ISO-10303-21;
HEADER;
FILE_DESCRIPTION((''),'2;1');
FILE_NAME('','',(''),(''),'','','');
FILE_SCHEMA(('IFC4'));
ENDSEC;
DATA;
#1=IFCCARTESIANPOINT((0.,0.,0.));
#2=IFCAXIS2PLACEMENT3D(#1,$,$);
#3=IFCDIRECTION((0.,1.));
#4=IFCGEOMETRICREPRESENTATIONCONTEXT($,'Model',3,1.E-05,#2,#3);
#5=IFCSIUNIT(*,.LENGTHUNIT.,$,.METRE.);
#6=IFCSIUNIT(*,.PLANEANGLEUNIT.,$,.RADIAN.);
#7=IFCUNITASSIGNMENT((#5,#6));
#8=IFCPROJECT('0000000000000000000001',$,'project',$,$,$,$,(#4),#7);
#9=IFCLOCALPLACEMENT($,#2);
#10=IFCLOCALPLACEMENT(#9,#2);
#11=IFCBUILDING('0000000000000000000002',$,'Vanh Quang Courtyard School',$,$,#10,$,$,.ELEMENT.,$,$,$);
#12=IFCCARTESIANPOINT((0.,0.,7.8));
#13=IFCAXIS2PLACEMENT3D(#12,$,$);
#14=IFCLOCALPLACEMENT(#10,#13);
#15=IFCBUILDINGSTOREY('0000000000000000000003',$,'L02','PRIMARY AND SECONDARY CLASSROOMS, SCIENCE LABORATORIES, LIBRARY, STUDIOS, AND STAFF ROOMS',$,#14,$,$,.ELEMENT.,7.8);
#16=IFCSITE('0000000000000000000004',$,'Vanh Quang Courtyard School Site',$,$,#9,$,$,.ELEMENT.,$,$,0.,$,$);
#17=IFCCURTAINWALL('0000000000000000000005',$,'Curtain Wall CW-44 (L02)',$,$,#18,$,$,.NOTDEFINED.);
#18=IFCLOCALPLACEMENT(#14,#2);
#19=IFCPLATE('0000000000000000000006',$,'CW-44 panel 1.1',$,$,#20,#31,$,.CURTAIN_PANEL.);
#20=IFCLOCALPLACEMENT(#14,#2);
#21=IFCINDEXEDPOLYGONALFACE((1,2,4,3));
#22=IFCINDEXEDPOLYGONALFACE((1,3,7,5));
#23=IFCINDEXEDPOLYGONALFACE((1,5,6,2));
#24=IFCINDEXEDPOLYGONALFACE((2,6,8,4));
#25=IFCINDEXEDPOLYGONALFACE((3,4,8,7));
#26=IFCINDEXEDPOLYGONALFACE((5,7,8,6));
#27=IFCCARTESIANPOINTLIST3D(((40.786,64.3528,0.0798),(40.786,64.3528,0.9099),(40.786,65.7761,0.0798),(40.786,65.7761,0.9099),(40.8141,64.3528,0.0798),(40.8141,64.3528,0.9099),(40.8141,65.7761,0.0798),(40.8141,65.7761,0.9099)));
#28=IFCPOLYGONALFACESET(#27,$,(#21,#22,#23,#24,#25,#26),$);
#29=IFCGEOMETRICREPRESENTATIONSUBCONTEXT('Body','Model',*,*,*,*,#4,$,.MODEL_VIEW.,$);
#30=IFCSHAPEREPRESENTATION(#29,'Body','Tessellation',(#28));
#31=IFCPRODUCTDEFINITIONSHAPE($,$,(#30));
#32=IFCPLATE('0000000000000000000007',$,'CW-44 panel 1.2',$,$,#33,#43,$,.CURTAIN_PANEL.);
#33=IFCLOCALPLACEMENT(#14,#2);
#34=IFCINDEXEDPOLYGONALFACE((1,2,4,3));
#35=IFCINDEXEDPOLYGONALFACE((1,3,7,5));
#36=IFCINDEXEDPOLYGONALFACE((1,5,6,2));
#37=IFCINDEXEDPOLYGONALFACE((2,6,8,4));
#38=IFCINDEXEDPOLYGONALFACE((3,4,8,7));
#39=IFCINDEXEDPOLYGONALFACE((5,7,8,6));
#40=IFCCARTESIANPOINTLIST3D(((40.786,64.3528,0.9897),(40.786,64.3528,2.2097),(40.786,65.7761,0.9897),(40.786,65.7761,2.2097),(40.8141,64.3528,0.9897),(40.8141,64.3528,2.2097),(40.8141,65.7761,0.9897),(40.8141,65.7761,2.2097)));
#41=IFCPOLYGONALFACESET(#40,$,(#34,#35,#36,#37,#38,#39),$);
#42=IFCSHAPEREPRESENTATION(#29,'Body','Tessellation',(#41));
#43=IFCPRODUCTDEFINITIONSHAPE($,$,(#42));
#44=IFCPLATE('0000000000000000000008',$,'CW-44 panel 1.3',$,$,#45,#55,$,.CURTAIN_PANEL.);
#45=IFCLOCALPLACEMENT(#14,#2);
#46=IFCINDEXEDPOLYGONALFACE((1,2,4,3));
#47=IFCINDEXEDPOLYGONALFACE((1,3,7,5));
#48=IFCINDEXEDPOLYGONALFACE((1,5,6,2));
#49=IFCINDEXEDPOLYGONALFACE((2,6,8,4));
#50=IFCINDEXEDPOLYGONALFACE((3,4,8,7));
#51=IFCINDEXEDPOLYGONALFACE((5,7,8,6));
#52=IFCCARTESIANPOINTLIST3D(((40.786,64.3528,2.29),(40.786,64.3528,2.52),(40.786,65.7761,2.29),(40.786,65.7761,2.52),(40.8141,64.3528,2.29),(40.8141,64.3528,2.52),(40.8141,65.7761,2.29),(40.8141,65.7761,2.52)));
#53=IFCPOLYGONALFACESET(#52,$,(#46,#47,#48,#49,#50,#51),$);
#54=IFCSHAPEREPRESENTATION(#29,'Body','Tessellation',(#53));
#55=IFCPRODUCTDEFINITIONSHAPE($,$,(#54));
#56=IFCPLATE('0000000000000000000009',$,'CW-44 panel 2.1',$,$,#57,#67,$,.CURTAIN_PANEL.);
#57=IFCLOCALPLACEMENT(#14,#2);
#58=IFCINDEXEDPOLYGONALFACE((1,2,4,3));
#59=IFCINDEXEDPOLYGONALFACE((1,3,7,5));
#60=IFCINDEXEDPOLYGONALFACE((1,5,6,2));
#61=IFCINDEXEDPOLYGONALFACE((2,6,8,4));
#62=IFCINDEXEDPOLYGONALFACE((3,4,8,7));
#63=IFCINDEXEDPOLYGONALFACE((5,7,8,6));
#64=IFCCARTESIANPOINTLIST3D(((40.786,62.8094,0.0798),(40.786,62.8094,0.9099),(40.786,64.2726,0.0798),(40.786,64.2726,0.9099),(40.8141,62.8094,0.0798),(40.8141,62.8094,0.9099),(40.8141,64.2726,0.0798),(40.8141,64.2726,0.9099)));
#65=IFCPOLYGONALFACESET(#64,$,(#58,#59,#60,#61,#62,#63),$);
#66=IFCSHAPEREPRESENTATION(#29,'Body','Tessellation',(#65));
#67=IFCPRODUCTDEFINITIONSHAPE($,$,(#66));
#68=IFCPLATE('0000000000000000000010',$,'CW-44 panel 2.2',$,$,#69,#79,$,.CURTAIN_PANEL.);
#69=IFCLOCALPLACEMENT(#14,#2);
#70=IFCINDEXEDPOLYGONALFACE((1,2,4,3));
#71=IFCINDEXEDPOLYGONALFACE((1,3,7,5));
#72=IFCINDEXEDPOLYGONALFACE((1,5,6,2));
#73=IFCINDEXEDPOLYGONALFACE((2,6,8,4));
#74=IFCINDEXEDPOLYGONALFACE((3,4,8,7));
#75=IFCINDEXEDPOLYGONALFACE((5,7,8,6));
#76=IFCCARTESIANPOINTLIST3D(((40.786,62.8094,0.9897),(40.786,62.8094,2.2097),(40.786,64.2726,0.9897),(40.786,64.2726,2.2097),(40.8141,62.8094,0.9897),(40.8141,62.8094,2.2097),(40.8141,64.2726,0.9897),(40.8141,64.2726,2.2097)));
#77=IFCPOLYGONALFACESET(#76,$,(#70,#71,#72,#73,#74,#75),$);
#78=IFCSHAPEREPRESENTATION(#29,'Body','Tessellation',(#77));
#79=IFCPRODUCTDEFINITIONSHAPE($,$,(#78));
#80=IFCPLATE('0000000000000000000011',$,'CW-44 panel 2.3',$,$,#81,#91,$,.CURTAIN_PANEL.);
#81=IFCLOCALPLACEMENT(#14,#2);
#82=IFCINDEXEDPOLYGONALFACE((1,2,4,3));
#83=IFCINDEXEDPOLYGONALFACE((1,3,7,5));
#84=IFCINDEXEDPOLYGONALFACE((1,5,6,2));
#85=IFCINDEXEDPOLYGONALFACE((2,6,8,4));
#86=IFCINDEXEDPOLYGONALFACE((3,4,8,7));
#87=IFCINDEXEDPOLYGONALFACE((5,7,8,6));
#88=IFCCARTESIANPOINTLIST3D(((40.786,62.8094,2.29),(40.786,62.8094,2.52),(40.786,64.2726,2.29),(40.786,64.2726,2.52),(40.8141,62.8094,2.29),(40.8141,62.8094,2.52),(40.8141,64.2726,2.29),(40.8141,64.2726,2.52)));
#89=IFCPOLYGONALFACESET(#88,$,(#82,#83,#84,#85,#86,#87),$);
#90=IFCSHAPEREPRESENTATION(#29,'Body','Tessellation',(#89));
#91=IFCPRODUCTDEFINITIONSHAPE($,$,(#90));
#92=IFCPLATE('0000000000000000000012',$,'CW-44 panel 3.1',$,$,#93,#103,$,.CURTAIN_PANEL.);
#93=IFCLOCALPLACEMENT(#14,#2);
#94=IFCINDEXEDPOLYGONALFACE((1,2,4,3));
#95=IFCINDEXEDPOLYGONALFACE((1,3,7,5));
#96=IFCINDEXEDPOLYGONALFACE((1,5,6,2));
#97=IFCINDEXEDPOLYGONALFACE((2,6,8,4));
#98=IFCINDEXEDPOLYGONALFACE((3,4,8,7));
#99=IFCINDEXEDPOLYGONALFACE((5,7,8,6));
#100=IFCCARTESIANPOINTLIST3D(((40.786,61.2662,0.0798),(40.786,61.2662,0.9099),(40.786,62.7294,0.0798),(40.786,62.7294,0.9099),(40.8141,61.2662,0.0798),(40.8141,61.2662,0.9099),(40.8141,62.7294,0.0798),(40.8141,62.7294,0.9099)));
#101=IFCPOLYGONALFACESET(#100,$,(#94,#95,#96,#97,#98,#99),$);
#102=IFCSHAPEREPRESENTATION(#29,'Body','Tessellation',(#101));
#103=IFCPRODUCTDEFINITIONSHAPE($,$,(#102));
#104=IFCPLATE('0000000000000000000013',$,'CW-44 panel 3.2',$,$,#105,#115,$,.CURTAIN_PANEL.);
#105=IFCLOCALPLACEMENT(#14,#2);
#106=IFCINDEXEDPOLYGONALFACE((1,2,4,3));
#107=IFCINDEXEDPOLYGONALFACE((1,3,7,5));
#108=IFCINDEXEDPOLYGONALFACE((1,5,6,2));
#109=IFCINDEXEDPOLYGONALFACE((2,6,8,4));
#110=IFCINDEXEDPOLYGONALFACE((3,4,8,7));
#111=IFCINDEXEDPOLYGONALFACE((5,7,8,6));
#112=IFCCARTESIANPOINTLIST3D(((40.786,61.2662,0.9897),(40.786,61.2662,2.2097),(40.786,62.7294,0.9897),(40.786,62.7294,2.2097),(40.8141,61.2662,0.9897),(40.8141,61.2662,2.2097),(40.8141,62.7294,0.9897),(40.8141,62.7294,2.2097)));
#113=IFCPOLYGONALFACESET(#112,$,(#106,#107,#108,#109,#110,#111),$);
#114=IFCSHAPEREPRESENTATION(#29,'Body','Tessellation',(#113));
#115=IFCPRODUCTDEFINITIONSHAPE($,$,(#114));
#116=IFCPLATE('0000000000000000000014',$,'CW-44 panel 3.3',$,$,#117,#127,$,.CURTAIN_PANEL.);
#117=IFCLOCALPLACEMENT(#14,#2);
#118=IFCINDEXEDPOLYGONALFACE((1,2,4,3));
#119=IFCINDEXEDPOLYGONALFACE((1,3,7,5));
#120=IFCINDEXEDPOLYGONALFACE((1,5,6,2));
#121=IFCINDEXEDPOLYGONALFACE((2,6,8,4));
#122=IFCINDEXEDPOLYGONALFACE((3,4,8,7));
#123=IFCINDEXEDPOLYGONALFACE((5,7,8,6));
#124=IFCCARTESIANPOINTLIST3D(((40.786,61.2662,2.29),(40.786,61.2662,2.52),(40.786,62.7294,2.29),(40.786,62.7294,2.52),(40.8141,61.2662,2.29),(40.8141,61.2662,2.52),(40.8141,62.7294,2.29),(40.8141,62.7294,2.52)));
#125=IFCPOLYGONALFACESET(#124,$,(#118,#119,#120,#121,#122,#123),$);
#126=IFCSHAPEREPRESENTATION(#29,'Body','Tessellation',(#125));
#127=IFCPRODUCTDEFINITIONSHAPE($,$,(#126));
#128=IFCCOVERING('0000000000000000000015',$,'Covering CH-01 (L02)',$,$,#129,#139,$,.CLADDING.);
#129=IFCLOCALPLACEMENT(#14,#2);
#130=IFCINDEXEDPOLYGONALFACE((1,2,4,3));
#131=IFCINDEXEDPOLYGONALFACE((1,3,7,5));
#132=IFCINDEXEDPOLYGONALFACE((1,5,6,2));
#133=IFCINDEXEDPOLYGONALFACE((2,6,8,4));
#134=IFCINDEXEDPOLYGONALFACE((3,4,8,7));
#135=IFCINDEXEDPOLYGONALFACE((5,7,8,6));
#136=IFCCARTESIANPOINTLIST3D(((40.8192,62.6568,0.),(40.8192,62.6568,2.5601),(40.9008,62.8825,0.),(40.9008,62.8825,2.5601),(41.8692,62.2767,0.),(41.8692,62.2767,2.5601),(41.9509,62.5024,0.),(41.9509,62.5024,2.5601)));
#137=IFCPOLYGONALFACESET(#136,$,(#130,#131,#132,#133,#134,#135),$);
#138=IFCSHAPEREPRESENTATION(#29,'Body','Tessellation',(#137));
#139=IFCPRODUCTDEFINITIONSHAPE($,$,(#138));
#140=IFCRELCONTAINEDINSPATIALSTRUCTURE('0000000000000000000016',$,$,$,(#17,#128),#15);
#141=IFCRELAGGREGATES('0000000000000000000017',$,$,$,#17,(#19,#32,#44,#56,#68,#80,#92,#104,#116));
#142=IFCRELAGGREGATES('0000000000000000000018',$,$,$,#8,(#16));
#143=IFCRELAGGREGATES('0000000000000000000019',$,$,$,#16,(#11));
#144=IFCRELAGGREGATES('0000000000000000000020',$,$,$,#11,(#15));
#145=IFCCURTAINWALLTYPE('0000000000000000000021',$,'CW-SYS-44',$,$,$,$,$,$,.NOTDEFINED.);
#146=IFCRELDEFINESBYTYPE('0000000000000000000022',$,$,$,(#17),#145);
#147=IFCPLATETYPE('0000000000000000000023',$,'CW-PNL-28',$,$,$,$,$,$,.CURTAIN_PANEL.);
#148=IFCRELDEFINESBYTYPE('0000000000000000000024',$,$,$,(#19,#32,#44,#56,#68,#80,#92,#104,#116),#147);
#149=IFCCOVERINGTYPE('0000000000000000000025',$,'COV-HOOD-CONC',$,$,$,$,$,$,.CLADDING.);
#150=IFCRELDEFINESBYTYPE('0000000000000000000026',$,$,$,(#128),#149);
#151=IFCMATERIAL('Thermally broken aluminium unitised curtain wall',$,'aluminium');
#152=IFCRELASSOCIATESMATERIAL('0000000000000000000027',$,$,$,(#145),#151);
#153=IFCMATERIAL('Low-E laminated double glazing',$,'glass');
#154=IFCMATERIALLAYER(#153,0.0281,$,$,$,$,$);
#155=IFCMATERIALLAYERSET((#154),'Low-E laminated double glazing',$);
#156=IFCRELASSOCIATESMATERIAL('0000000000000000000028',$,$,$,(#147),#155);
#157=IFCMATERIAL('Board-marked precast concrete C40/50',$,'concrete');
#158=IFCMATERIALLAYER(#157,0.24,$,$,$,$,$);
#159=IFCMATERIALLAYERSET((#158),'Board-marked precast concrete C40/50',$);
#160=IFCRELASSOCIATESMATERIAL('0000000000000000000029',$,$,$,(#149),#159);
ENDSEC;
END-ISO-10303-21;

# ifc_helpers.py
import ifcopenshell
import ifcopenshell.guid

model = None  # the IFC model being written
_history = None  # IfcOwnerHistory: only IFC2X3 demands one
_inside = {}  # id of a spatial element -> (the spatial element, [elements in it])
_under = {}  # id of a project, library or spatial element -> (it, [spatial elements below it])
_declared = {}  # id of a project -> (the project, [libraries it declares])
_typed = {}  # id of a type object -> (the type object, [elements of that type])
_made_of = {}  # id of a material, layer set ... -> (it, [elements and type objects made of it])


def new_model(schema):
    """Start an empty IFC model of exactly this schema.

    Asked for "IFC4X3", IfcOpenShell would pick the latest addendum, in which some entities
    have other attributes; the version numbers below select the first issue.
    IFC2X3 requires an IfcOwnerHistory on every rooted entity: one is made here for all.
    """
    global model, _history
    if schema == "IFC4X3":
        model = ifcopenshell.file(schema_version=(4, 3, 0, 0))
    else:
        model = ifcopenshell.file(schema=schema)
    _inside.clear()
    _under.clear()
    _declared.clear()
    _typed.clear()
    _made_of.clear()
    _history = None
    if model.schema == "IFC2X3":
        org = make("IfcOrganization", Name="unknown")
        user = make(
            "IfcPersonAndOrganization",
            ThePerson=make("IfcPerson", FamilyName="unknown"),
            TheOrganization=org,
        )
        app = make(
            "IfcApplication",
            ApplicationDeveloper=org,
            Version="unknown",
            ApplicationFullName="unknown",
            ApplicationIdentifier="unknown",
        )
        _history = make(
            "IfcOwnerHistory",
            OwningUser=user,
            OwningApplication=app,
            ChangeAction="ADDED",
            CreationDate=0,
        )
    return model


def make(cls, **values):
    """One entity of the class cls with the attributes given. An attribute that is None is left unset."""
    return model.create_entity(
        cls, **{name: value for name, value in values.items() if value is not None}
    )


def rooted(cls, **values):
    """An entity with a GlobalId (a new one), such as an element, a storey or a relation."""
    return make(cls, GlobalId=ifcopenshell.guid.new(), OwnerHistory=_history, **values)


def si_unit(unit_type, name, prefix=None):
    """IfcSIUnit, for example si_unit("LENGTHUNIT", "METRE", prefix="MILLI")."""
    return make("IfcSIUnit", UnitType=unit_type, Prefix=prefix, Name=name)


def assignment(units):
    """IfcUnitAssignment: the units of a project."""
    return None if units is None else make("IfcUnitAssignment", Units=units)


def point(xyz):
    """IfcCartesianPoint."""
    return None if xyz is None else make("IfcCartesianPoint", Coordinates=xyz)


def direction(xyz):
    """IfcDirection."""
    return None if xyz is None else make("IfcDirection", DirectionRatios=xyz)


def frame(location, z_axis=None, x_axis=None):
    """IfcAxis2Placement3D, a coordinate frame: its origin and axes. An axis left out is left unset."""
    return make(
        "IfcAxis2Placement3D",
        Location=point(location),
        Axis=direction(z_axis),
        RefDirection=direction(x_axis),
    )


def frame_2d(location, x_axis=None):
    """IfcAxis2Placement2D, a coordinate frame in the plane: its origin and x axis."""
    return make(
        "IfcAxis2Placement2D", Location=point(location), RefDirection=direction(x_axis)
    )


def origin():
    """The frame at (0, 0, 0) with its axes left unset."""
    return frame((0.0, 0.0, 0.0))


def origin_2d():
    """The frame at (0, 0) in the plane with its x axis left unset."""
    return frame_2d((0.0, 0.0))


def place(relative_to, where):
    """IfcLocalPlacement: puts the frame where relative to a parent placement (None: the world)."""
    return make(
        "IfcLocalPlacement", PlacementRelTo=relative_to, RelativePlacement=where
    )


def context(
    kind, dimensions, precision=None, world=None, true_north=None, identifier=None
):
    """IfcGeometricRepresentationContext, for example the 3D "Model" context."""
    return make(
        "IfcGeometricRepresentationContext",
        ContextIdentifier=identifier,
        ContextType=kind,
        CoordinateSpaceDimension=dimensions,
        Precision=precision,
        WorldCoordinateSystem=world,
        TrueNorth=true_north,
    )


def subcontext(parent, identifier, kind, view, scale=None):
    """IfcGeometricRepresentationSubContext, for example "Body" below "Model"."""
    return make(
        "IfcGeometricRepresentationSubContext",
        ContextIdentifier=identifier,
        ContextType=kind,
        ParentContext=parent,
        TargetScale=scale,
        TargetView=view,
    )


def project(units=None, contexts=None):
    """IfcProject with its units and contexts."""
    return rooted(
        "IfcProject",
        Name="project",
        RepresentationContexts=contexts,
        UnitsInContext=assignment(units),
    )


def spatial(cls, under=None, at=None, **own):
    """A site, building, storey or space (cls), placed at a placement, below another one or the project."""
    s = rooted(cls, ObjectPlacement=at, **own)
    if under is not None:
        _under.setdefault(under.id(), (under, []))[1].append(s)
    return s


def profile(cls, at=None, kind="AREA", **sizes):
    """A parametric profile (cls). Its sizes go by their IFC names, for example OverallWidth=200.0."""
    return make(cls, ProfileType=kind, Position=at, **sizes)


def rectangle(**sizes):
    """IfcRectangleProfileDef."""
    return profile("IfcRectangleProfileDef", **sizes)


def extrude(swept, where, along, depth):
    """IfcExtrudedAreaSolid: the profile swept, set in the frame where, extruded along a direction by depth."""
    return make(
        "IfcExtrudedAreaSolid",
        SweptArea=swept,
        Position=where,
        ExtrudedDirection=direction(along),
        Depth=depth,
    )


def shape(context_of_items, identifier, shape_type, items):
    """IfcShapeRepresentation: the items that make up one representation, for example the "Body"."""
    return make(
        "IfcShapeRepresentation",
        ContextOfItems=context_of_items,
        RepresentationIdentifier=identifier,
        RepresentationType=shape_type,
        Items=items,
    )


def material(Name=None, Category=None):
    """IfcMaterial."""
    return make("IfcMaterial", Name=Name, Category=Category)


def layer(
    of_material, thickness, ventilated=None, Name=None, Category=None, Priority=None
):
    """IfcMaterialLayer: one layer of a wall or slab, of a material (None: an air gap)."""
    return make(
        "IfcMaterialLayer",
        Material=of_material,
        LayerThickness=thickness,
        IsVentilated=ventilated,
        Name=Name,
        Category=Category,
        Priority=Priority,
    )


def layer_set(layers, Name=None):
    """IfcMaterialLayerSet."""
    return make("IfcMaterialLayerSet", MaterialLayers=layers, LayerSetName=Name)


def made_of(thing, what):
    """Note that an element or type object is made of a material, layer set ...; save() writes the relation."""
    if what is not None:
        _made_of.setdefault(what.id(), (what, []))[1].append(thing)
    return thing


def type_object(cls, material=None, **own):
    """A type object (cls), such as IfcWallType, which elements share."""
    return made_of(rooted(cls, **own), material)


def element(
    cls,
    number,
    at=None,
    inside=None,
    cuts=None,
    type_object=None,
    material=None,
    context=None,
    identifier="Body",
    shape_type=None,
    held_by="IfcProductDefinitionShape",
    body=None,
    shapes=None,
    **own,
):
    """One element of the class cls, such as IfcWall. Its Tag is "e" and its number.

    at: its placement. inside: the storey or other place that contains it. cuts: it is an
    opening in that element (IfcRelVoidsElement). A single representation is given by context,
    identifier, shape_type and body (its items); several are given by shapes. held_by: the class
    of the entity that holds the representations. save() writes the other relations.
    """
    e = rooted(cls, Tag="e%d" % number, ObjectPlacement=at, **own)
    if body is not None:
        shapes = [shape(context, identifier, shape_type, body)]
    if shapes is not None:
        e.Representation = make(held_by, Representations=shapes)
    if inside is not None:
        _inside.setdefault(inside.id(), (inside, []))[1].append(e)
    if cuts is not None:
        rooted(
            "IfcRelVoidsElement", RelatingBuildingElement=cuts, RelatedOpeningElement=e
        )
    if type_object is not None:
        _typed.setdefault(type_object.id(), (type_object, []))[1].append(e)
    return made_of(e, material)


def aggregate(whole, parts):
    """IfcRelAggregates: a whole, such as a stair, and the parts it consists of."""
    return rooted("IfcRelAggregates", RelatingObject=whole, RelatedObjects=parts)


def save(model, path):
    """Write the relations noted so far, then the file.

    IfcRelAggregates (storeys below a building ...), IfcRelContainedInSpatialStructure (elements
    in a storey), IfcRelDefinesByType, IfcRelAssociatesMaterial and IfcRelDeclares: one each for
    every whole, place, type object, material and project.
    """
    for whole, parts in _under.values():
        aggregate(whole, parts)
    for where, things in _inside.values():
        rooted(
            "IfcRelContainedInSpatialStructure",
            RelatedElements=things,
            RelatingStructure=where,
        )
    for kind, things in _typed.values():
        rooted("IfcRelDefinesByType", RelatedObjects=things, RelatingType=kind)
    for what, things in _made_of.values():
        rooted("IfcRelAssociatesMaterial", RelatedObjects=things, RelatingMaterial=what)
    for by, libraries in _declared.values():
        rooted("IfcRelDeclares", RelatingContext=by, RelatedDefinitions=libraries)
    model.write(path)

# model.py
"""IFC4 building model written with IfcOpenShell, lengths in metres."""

from ifc_helpers import new_model, si_unit, direction, frame, origin, origin_2d, place, context, subcontext, project, spatial, rectangle, extrude, material, layer, layer_set, type_object, element, aggregate, save


model = new_model("IFC4")

# Units and contexts
model_context = context("Model", 3, precision=1e-05, world=origin(), true_north=direction((0.0, 1.0)))
body_context = subcontext(model_context, "Body", "Model", "MODEL_VIEW")
ifc_project = project(units=[si_unit("LENGTHUNIT", "METRE"), si_unit("PLANEANGLEUNIT", "RADIAN")], contexts=[model_context])

# Site, building, storey
site_placement = place(None, origin())
site = spatial("IfcSite", under=ifc_project, at=site_placement, Name="Vanh Quang Courtyard School Site", CompositionType="ELEMENT", RefElevation=0.0)
building_placement = place(site_placement, origin())
building = spatial("IfcBuilding", under=site, at=building_placement, Name="Vanh Quang Courtyard School", CompositionType="ELEMENT")
storey_placement = place(building_placement, frame((0.0, 0.0, 7.8)))
storey = spatial("IfcBuildingStorey", under=building, at=storey_placement, Name="L02", Description="PRIMARY AND SECONDARY CLASSROOMS, SCIENCE LABORATORIES, LIBRARY, STUDIOS, AND STAFF ROOMS", CompositionType="ELEMENT", Elevation=7.8)

# Curtain wall, plates
ifc_material_1 = material(Name="Thermally broken aluminium unitised curtain wall", Category="aluminium")
curtain_wall_type = type_object("IfcCurtainWallType", Name="CW-SYS-44", PredefinedType="NOTDEFINED", material=ifc_material_1)
curtain_wall_placement = place(storey_placement, origin())
curtain_wall = element("IfcCurtainWall", 1, at=curtain_wall_placement, inside=storey, type_object=curtain_wall_type, Name="Curtain Wall CW-44 (L02)", PredefinedType="NOTDEFINED")
ifc_material_2 = material(Name="Low-E laminated double glazing", Category="glass")
ifc_layer_1 = layer(ifc_material_2, 0.0281)
ifc_layer_set_1 = layer_set([ifc_layer_1], Name="Low-E laminated double glazing")
plate_type = type_object("IfcPlateType", Name="CW-PNL-28", PredefinedType="CURTAIN_PANEL", material=ifc_layer_set_1)
plate_1_placement = place(storey_placement, frame((40.8, 65.0645, 0.0798), z_axis=(0.0, 0.0, 1.0), x_axis=(0.0, -1.0, 0.0)))
plate_1 = element("IfcPlate", 2, at=plate_1_placement, type_object=plate_type, Name="CW-44 panel 1.1", PredefinedType="CURTAIN_PANEL", context=body_context, shape_type="SweptSolid", body=[
    extrude(rectangle(XDim=1.4233, YDim=0.0281, at=origin_2d()), origin(), (0.0, 0.0, 1.0), 0.8301),
])
plate_2_placement = place(storey_placement, frame((40.8, 65.0645, 0.9897), z_axis=(0.0, 0.0, 1.0), x_axis=(0.0, -1.0, 0.0)))
plate_2 = element("IfcPlate", 3, at=plate_2_placement, type_object=plate_type, Name="CW-44 panel 1.2", PredefinedType="CURTAIN_PANEL", context=body_context, shape_type="SweptSolid", body=[
    extrude(rectangle(XDim=1.4233, YDim=0.0281, at=origin_2d()), origin(), (0.0, 0.0, 1.0), 1.22),
])
plate_3_placement = place(storey_placement, frame((40.8, 65.0645, 2.29), z_axis=(0.0, 0.0, 1.0), x_axis=(0.0, -1.0, 0.0)))
plate_3 = element("IfcPlate", 4, at=plate_3_placement, type_object=plate_type, Name="CW-44 panel 1.3", PredefinedType="CURTAIN_PANEL", context=body_context, shape_type="SweptSolid", body=[
    extrude(rectangle(XDim=1.4233, YDim=0.0281, at=origin_2d()), origin(), (0.0, 0.0, 1.0), 0.23),
])
plate_4_placement = place(storey_placement, frame((40.8, 63.541, 0.0798), z_axis=(0.0, 0.0, 1.0), x_axis=(0.0, -1.0, 0.0)))
plate_4 = element("IfcPlate", 5, at=plate_4_placement, type_object=plate_type, Name="CW-44 panel 2.1", PredefinedType="CURTAIN_PANEL", context=body_context, shape_type="SweptSolid", body=[
    extrude(rectangle(XDim=1.4631, YDim=0.0281, at=origin_2d()), origin(), (0.0, 0.0, 1.0), 0.8301),
])
plate_5_placement = place(storey_placement, frame((40.8, 63.541, 0.9897), z_axis=(0.0, 0.0, 1.0), x_axis=(0.0, -1.0, 0.0)))
plate_5 = element("IfcPlate", 6, at=plate_5_placement, type_object=plate_type, Name="CW-44 panel 2.2", PredefinedType="CURTAIN_PANEL", context=body_context, shape_type="SweptSolid", body=[
    extrude(rectangle(XDim=1.4631, YDim=0.0281, at=origin_2d()), origin(), (0.0, 0.0, 1.0), 1.22),
])
plate_6_placement = place(storey_placement, frame((40.8, 63.541, 2.29), z_axis=(0.0, 0.0, 1.0), x_axis=(0.0, -1.0, 0.0)))
plate_6 = element("IfcPlate", 7, at=plate_6_placement, type_object=plate_type, Name="CW-44 panel 2.3", PredefinedType="CURTAIN_PANEL", context=body_context, shape_type="SweptSolid", body=[
    extrude(rectangle(XDim=1.4631, YDim=0.0281, at=origin_2d()), origin(), (0.0, 0.0, 1.0), 0.23),
])
plate_7_placement = place(storey_placement, frame((40.8, 61.9978, 0.0798), z_axis=(0.0, 0.0, 1.0), x_axis=(0.0, -1.0, 0.0)))
plate_7 = element("IfcPlate", 8, at=plate_7_placement, type_object=plate_type, Name="CW-44 panel 3.1", PredefinedType="CURTAIN_PANEL", context=body_context, shape_type="SweptSolid", body=[
    extrude(rectangle(XDim=1.4631, YDim=0.0281, at=origin_2d()), origin(), (0.0, 0.0, 1.0), 0.8301),
])
plate_8_placement = place(storey_placement, frame((40.8, 61.9978, 0.9897), z_axis=(0.0, 0.0, 1.0), x_axis=(0.0, -1.0, 0.0)))
plate_8 = element("IfcPlate", 9, at=plate_8_placement, type_object=plate_type, Name="CW-44 panel 3.2", PredefinedType="CURTAIN_PANEL", context=body_context, shape_type="SweptSolid", body=[
    extrude(rectangle(XDim=1.4631, YDim=0.0281, at=origin_2d()), origin(), (0.0, 0.0, 1.0), 1.22),
])
plate_9_placement = place(storey_placement, frame((40.8, 61.9978, 2.29), z_axis=(0.0, 0.0, 1.0), x_axis=(0.0, -1.0, 0.0)))
plate_9 = element("IfcPlate", 10, at=plate_9_placement, type_object=plate_type, Name="CW-44 panel 3.3", PredefinedType="CURTAIN_PANEL", context=body_context, shape_type="SweptSolid", body=[
    extrude(rectangle(XDim=1.4631, YDim=0.0281, at=origin_2d()), origin(), (0.0, 0.0, 1.0), 0.23),
])
aggregate(curtain_wall, [plate_1, plate_2, plate_3, plate_4, plate_5, plate_6, plate_7, plate_8, plate_9])

# Covering
ifc_material_3 = material(Name="Board-marked precast concrete C40/50", Category="concrete")
ifc_layer_2 = layer(ifc_material_3, 0.24)
ifc_layer_set_2 = layer_set([ifc_layer_2], Name="Board-marked precast concrete C40/50")
covering_type = type_object("IfcCoveringType", Name="COV-HOOD-CONC", PredefinedType="CLADDING", material=ifc_layer_set_2)
covering_placement = place(storey_placement, frame((41.385, 62.5796, 0.0), z_axis=(0.0, 0.0, 1.0), x_axis=(0.940288, -0.34038, 0.0)))
element("IfcCovering", 11, at=covering_placement, inside=storey, type_object=covering_type, Name="Covering CH-01 (L02)", PredefinedType="CLADDING", context=body_context, shape_type="SweptSolid", body=[
    extrude(rectangle(XDim=1.1167, YDim=0.24, at=origin_2d()), origin(), (0.0, 0.0, 1.0), 2.5601),
])

save(model, "model.ifc")
